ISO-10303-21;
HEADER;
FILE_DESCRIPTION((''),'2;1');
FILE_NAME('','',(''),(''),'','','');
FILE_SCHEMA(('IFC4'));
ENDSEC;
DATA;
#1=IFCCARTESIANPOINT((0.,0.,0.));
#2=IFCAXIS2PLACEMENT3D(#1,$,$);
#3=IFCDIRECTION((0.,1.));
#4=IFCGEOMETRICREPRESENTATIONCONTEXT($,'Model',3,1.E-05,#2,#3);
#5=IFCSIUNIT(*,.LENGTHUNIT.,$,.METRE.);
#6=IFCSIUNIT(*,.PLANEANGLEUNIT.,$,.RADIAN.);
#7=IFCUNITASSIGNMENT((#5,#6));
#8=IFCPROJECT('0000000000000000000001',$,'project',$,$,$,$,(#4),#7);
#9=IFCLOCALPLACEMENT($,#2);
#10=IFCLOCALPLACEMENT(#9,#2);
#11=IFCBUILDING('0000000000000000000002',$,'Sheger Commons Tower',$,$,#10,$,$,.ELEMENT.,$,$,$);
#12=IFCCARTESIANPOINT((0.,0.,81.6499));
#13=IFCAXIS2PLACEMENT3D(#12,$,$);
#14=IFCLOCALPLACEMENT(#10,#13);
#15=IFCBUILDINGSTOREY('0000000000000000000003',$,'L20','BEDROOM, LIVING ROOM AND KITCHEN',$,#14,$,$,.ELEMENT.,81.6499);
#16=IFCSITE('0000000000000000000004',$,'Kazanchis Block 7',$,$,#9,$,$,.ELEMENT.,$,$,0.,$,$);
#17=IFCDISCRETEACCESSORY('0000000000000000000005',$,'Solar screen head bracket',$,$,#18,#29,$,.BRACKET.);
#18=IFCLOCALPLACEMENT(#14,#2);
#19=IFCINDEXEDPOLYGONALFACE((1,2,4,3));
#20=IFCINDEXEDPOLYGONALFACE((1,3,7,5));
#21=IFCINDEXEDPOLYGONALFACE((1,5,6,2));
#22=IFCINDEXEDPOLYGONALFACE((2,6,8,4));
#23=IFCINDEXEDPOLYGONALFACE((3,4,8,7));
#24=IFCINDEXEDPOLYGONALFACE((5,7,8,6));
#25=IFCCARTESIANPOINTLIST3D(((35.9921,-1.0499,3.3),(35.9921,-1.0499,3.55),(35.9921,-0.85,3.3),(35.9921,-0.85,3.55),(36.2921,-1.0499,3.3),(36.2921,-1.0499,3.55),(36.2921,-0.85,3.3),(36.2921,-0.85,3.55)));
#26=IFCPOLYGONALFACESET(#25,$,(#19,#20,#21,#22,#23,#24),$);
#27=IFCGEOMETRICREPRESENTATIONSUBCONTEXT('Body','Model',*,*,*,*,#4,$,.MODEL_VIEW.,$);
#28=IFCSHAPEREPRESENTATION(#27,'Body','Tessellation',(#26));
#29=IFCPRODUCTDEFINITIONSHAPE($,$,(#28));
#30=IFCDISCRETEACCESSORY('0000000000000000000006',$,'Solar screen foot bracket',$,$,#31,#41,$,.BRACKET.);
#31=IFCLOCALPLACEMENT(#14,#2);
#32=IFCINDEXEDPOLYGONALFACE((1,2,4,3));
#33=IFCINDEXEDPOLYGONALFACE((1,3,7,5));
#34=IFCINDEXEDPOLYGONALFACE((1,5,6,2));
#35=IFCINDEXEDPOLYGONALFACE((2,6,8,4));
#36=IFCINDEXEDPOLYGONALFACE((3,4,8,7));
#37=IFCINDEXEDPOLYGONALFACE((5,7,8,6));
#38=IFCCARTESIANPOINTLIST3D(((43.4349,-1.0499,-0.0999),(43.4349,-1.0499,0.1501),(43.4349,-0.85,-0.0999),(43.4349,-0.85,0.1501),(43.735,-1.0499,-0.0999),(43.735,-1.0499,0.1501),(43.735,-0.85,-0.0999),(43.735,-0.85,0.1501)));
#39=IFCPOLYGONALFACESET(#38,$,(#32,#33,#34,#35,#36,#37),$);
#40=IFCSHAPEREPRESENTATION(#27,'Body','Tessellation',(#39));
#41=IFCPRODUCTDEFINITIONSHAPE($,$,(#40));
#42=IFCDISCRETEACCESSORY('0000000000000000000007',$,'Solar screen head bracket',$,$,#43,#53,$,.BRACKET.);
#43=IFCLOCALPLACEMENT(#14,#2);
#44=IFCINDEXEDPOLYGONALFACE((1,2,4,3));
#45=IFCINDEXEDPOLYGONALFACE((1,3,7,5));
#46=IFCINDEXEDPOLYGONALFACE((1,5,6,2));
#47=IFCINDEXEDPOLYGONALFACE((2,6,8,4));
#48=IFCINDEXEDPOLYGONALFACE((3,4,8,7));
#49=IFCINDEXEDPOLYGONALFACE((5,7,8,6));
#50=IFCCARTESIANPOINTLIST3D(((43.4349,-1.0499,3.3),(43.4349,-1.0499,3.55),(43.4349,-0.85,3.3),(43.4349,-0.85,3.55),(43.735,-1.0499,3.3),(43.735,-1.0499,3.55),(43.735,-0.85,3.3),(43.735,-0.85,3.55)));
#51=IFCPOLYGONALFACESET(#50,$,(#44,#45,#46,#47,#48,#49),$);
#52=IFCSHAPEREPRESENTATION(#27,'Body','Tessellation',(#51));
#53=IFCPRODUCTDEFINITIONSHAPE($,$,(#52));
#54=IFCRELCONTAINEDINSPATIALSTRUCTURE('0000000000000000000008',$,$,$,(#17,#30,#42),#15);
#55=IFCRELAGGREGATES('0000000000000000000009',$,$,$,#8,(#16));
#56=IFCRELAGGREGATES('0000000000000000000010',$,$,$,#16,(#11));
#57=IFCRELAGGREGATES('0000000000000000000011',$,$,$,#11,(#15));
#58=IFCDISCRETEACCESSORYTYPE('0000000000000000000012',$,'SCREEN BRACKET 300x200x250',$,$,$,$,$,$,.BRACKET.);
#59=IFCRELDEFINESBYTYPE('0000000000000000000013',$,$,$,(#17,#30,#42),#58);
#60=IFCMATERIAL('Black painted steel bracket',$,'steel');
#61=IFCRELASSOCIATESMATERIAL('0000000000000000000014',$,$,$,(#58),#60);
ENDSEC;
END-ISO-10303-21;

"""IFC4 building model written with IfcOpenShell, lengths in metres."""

from ifc_helpers import new_model, si_unit, direction, frame, origin, origin_2d, place, context, subcontext, project, spatial, rectangle, extrude, material, type_object, element, save


model = new_model("IFC4")

# Units and contexts
model_context = context("Model", 3, precision=1e-05, world=origin(), true_north=direction((0.0, 1.0)))
body_context = subcontext(model_context, "Body", "Model", "MODEL_VIEW")
ifc_project = project(units=[si_unit("LENGTHUNIT", "METRE"), si_unit("PLANEANGLEUNIT", "RADIAN")], contexts=[model_context])

# Site, building, storey
site_placement = place(None, origin())
site = spatial("IfcSite", under=ifc_project, at=site_placement, Name="Kazanchis Block 7", CompositionType="ELEMENT", RefElevation=0.0)
building_placement = place(site_placement, origin())
building = spatial("IfcBuilding", under=site, at=building_placement, Name="Sheger Commons Tower", CompositionType="ELEMENT")
storey_placement = place(building_placement, frame((0.0, 0.0, 81.6499)))
storey = spatial("IfcBuildingStorey", under=building, at=storey_placement, Name="L20", Description="BEDROOM, LIVING ROOM AND KITCHEN", CompositionType="ELEMENT", Elevation=81.6499)

# Discrete accessories
ifc_material_1 = material(Name="Black painted steel bracket", Category="steel")
discrete_accessory_type = type_object("IfcDiscreteAccessoryType", Name="SCREEN BRACKET 300x200x250", PredefinedType="BRACKET", material=ifc_material_1)
for number, where, z_axis, x_axis, name in (
    (1, (36.1421, -0.95, 3.3), (0.0, 0.0, 1.0), (1.0, 0.0, 0.0), "Solar screen head bracket"),
    (2, (43.585, -0.95, -0.0999), (0.0, 0.0, 1.0), (1.0, 0.0, 0.0), "Solar screen foot bracket"),
    (3, (43.585, -0.95, 3.3), (0.0, 0.0, 1.0), (1.0, 0.0, 0.0), "Solar screen head bracket"),
):
    element("IfcDiscreteAccessory", number, at=place(storey_placement, frame(where, z_axis=z_axis, x_axis=x_axis)), inside=storey, type_object=discrete_accessory_type, Name=name, PredefinedType="BRACKET", context=body_context, shape_type="SweptSolid", body=[
        extrude(rectangle(XDim=0.3, YDim=0.2, at=origin_2d()), origin(), (0.0, 0.0, 1.0), 0.25),
    ])

save(model, "model.ifc")
